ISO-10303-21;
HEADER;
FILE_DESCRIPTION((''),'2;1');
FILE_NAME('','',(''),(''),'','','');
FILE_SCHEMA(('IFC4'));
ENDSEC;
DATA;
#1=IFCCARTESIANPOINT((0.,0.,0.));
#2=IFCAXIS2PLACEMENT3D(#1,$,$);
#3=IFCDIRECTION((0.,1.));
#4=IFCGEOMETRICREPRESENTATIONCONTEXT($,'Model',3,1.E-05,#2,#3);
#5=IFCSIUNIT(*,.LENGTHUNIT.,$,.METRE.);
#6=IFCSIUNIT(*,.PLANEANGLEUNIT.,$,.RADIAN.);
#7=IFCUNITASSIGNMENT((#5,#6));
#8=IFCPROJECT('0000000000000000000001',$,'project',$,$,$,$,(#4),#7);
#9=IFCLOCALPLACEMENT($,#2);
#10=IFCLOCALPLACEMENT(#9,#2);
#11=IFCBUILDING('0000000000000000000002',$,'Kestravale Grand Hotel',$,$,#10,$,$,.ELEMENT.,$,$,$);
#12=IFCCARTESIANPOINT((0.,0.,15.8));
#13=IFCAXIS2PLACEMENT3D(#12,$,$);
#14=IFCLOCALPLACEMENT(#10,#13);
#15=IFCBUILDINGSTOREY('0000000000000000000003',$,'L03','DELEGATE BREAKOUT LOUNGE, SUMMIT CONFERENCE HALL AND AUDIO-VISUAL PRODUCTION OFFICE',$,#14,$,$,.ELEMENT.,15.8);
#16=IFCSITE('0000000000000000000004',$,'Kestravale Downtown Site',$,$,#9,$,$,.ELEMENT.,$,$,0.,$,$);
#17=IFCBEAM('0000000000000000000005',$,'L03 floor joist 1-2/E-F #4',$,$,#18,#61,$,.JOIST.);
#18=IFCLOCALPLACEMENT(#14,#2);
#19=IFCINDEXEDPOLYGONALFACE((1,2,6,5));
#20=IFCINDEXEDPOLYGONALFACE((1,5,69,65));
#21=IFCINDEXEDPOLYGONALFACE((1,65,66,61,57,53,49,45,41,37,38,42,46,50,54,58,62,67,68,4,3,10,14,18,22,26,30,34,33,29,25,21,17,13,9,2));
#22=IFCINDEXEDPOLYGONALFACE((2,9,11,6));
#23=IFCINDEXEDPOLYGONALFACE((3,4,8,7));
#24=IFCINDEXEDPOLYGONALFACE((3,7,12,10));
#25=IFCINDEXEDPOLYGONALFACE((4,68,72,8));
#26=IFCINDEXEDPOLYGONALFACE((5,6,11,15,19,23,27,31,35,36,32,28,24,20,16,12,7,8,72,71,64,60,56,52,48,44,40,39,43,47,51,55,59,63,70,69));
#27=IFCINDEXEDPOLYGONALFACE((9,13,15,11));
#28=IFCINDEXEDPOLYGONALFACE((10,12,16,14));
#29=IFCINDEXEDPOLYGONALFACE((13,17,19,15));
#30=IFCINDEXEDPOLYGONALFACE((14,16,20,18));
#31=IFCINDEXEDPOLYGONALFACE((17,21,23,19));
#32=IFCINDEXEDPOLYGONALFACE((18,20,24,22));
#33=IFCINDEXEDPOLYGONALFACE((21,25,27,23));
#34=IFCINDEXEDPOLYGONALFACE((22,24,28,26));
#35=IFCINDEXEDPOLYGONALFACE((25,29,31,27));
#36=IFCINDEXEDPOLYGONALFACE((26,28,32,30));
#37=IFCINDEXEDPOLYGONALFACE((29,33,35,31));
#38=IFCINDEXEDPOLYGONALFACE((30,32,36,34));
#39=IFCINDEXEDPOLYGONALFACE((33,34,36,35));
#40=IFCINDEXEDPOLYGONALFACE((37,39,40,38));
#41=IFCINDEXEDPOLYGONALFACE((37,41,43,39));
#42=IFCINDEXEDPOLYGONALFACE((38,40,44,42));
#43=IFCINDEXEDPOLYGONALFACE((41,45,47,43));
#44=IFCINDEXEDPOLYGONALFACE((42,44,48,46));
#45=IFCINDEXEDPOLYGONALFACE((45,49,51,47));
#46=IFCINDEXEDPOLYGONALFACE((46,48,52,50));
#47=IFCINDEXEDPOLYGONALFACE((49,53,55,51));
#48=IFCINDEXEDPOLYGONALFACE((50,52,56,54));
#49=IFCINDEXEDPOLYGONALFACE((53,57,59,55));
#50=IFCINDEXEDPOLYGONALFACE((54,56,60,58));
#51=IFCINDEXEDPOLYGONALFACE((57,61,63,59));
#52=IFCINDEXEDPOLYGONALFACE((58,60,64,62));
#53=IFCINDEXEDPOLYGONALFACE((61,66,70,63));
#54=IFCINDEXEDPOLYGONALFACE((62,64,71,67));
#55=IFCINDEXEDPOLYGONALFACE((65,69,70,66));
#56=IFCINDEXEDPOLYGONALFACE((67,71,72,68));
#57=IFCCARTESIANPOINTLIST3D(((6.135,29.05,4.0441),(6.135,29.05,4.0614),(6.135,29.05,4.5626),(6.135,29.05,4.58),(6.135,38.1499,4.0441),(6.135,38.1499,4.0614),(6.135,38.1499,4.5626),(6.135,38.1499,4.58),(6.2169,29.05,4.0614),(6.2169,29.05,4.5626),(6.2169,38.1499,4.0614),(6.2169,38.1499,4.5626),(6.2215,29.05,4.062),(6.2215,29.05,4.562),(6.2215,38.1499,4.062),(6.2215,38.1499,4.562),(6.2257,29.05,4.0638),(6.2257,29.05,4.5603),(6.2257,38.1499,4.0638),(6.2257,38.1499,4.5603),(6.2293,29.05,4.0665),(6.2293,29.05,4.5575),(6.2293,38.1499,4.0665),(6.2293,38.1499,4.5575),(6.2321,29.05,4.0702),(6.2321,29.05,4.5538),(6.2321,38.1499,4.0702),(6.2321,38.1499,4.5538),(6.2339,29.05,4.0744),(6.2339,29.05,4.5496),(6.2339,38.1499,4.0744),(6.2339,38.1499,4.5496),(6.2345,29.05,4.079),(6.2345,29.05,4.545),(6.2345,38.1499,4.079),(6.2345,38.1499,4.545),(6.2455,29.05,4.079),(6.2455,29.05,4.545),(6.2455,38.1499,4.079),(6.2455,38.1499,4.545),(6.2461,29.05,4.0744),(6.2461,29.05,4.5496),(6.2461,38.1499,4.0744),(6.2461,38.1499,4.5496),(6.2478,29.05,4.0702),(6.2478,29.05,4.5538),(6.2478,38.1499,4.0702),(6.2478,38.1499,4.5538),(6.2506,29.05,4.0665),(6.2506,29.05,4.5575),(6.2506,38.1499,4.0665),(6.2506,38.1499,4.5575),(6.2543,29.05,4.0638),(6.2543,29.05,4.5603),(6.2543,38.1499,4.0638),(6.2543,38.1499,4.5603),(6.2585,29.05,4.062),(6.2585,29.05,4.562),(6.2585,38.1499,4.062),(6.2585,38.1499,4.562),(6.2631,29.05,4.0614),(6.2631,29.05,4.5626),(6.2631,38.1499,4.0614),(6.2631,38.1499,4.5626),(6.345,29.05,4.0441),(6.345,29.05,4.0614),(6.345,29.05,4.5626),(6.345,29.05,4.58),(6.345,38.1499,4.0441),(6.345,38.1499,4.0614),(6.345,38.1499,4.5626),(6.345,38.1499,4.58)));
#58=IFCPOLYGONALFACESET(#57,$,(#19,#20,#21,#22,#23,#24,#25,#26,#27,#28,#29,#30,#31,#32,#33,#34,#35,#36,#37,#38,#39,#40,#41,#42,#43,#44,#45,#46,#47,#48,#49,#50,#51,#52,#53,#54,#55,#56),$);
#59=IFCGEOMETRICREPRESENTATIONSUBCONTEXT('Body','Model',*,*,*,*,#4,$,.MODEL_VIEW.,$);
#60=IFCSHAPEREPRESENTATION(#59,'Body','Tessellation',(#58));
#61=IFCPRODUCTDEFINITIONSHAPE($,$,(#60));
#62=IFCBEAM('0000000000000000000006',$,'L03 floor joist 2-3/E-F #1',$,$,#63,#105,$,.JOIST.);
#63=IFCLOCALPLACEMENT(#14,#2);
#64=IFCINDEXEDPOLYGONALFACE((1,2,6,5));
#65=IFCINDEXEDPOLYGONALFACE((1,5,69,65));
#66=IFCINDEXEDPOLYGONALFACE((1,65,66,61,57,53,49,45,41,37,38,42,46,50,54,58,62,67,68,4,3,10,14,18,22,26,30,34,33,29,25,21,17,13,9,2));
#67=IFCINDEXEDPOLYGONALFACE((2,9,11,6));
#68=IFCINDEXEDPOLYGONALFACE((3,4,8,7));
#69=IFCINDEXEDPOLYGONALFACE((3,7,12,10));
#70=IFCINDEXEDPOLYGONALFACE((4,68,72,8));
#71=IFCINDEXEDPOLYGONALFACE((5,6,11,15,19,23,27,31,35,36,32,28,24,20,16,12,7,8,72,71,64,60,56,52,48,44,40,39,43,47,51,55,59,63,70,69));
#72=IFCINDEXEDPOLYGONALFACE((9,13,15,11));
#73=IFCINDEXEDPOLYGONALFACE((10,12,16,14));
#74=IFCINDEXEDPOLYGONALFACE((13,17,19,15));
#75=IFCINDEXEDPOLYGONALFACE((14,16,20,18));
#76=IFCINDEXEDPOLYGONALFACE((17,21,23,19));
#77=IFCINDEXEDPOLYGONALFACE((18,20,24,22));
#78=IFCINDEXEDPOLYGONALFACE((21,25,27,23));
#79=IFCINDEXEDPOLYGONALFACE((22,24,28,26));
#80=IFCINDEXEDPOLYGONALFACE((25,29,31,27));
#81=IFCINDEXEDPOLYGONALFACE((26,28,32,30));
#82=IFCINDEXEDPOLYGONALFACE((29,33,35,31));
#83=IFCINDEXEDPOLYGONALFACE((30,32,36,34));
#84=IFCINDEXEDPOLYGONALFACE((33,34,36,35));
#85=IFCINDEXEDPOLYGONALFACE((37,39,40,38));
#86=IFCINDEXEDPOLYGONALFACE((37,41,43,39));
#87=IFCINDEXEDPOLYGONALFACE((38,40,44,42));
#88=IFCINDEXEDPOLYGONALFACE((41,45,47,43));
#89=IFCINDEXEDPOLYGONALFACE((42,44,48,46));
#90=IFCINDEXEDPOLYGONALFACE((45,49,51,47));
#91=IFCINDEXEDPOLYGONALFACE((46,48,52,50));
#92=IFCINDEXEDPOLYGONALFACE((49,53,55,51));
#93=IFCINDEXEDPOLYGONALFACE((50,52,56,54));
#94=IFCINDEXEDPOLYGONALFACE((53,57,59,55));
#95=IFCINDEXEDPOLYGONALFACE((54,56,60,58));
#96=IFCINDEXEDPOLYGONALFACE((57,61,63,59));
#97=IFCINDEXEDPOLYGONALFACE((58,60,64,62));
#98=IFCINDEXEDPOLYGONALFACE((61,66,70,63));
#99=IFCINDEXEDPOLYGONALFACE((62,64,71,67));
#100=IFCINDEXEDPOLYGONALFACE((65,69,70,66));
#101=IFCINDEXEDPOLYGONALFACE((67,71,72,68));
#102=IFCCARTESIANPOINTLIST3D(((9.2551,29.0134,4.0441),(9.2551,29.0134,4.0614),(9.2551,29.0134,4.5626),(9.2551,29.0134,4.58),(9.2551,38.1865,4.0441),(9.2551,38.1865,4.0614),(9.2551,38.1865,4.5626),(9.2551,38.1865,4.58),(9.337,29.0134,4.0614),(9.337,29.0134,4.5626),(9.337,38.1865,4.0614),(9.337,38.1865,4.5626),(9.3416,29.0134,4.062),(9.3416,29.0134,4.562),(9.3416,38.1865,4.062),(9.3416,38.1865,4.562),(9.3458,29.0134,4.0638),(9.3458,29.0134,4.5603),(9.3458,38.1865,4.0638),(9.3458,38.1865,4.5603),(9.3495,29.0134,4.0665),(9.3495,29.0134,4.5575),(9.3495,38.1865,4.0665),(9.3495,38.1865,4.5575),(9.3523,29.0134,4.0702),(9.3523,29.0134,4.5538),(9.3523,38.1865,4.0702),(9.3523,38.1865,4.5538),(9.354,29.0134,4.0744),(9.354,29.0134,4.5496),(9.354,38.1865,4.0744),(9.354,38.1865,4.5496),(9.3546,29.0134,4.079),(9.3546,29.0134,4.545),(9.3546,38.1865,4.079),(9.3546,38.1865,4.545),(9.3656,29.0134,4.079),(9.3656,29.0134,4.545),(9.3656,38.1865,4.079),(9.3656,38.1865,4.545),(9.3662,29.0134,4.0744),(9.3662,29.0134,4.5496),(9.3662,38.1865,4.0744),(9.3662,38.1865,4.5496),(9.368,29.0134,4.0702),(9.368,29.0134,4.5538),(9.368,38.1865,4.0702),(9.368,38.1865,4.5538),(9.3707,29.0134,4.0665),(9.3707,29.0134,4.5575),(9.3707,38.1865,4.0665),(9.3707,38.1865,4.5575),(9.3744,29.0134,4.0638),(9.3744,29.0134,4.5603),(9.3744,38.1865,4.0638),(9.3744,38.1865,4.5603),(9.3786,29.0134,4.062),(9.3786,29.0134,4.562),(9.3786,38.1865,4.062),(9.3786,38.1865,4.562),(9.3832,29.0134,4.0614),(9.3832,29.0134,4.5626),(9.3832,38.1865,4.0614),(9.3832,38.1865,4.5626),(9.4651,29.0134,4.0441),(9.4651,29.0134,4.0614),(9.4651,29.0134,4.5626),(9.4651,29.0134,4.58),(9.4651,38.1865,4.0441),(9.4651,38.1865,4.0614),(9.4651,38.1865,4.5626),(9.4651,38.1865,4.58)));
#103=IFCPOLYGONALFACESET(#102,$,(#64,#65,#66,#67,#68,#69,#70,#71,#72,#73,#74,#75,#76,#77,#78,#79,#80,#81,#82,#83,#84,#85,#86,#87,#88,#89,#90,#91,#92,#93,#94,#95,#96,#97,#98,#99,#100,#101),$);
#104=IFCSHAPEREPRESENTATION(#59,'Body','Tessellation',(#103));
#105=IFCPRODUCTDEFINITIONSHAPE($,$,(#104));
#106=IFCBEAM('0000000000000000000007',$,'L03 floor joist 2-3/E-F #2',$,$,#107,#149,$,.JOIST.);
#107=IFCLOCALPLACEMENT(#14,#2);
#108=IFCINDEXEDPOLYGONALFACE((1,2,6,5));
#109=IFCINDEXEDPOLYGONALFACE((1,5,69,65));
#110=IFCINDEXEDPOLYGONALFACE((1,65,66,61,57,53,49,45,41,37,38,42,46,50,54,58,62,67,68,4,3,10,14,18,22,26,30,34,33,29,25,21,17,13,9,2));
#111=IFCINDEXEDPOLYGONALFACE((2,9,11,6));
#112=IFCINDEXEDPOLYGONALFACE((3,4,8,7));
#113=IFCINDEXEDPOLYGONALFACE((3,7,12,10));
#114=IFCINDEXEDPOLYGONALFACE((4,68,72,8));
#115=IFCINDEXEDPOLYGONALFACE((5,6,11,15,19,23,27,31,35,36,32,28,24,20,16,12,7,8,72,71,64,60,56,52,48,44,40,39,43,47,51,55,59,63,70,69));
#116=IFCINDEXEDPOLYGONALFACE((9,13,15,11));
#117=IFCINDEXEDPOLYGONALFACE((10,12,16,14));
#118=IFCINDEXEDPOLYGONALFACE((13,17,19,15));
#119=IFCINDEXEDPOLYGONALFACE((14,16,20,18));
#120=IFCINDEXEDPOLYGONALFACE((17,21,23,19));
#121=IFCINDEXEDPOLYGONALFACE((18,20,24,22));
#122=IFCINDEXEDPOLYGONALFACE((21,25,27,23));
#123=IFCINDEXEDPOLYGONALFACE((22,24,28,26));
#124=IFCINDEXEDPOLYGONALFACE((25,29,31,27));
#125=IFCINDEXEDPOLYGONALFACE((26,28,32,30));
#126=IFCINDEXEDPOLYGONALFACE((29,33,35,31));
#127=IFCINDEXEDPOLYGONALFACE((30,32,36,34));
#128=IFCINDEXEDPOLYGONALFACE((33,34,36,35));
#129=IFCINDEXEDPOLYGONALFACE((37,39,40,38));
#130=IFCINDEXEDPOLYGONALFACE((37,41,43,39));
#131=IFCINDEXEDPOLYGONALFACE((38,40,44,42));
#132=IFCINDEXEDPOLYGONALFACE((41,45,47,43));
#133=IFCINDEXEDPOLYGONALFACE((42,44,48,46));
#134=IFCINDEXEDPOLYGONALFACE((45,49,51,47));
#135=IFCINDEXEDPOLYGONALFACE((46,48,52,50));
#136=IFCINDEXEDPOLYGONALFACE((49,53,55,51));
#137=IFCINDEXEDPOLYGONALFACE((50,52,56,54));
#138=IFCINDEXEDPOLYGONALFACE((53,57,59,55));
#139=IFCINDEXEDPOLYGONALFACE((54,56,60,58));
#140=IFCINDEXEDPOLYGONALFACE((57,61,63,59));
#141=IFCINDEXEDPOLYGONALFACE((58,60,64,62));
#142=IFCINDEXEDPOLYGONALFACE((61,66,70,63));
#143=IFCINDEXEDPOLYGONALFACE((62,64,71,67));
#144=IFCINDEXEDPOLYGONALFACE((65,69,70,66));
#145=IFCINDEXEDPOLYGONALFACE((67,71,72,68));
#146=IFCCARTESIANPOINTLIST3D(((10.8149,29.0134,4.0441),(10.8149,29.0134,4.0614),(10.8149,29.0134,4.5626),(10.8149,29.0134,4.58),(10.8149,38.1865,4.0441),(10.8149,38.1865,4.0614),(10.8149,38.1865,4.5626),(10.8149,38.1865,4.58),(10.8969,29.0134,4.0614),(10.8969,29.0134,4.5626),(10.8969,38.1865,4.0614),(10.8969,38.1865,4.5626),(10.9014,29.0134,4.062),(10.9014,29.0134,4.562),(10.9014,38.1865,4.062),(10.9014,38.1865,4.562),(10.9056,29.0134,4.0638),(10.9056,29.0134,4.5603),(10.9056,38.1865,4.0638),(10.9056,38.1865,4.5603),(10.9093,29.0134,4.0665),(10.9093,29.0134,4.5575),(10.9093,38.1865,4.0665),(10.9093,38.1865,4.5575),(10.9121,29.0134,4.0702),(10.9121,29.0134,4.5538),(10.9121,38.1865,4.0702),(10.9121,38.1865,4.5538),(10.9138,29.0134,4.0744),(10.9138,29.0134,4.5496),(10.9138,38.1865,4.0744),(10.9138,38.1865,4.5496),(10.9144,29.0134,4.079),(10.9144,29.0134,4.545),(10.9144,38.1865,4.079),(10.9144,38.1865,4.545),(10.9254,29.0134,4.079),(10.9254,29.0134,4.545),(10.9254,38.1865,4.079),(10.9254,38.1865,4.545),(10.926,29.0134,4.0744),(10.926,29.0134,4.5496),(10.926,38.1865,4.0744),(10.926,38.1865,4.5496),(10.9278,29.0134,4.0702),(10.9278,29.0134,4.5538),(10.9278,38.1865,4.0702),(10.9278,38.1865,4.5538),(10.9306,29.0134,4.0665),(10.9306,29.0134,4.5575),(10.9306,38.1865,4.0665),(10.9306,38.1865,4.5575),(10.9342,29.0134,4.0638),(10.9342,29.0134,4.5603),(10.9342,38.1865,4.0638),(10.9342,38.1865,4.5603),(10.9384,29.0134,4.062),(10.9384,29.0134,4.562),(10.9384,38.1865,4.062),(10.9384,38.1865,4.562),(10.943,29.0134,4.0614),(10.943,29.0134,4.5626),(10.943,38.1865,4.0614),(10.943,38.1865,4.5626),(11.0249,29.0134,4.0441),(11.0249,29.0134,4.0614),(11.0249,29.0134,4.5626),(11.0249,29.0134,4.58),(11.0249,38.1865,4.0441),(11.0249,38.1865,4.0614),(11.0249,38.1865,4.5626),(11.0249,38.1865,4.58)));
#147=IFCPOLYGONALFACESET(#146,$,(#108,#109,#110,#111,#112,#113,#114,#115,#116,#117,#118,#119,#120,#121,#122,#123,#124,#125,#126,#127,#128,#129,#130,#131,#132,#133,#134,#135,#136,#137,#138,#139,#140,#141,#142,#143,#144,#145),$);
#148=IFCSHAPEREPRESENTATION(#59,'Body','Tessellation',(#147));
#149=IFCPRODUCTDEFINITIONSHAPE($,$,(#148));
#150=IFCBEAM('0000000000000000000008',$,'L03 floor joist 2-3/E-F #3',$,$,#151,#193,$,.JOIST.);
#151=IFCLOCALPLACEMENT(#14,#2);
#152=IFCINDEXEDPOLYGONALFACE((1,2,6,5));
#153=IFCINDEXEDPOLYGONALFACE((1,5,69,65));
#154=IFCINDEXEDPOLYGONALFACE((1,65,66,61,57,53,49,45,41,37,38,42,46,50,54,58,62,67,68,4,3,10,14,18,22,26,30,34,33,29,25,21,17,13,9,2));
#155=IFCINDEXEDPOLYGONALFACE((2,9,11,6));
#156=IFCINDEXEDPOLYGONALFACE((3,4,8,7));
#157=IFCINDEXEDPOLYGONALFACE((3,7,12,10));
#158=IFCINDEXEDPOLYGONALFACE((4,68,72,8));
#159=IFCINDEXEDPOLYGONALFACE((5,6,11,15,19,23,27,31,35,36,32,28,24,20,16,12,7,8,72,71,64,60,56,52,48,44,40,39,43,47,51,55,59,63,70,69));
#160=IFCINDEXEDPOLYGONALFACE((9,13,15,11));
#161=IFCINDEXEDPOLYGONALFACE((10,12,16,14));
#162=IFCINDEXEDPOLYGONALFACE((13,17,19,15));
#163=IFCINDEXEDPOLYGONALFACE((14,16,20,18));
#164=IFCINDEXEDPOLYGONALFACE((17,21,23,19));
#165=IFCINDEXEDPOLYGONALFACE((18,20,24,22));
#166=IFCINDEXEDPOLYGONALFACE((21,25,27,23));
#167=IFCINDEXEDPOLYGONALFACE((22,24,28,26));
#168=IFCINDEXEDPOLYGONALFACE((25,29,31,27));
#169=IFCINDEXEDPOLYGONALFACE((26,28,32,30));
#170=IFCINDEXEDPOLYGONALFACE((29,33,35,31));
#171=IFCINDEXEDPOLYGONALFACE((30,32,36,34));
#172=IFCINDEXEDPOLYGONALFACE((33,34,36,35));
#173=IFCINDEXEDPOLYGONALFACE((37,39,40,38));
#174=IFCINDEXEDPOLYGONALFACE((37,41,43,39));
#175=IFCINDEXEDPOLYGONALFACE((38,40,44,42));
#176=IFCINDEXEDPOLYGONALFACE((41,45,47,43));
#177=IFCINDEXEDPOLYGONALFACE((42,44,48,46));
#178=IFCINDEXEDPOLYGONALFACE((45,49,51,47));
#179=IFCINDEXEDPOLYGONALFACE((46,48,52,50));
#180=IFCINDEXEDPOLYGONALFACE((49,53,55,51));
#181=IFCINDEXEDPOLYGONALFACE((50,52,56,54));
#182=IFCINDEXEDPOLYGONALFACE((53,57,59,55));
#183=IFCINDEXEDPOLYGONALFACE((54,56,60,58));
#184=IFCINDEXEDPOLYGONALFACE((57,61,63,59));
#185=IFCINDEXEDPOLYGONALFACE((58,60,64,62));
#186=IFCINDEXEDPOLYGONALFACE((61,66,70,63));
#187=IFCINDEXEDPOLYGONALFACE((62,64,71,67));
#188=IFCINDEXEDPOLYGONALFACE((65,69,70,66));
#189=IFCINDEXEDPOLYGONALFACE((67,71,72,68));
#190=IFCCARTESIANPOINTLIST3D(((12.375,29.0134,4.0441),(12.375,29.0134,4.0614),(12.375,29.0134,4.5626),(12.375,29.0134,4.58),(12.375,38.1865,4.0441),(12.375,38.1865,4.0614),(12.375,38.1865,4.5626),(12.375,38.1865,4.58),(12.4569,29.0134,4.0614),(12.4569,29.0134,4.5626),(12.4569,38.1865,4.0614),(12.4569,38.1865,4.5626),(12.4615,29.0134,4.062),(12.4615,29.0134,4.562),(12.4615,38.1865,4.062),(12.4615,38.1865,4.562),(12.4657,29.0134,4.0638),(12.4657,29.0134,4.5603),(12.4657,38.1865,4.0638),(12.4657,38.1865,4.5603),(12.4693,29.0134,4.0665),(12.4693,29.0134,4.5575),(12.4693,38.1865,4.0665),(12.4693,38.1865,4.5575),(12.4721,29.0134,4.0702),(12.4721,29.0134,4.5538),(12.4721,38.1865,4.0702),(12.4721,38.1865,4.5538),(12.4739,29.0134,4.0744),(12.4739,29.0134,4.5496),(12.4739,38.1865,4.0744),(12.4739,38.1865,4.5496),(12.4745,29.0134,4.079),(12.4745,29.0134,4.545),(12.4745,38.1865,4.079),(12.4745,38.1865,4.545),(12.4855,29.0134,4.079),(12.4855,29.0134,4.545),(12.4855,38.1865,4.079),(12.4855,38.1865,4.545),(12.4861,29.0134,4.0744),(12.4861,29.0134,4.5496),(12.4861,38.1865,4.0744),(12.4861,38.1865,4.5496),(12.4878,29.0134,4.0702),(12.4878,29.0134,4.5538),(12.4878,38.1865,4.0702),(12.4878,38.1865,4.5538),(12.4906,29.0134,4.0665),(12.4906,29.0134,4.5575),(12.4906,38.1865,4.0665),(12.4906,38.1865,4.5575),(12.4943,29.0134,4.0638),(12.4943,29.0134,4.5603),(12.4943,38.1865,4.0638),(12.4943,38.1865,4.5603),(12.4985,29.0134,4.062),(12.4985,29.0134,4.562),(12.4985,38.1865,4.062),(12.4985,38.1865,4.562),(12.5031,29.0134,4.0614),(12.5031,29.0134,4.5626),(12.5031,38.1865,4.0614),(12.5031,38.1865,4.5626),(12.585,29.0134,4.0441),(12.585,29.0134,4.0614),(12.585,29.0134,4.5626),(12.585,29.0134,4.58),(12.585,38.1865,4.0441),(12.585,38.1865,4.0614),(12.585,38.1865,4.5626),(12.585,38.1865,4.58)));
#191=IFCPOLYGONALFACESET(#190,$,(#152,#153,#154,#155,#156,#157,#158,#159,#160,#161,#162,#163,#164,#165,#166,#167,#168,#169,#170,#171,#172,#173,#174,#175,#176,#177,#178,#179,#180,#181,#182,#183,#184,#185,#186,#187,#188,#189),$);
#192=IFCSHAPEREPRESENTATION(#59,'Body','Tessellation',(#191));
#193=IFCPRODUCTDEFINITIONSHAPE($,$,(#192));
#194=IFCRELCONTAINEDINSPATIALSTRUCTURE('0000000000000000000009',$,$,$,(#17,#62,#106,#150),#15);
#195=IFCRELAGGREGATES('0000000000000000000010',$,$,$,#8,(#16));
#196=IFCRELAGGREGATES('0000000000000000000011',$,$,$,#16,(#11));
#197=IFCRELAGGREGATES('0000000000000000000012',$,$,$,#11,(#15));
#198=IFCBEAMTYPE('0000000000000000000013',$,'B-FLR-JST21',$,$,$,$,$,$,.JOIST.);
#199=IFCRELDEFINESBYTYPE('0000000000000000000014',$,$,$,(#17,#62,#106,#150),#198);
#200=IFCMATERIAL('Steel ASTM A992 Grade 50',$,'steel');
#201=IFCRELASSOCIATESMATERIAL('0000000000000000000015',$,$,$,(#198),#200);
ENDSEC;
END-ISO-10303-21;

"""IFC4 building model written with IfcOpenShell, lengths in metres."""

from ifc_helpers import new_model, si_unit, direction, frame, origin, origin_2d, place, context, subcontext, project, spatial, i_section, extrude, material, material_profile, profile_set, type_object, element, save


model = new_model("IFC4")

# Units and contexts
model_context = context("Model", 3, precision=1e-05, world=origin(), true_north=direction((0.0, 1.0)))
body_context = subcontext(model_context, "Body", "Model", "MODEL_VIEW")
ifc_project = project(units=[si_unit("LENGTHUNIT", "METRE"), si_unit("PLANEANGLEUNIT", "RADIAN")], contexts=[model_context])

# Site, building, storey
site_placement = place(None, origin())
site = spatial("IfcSite", under=ifc_project, at=site_placement, Name="Kestravale Downtown Site", CompositionType="ELEMENT", RefElevation=0.0)
building_placement = place(site_placement, origin())
building = spatial("IfcBuilding", under=site, at=building_placement, Name="Kestravale Grand Hotel", CompositionType="ELEMENT")
storey_placement = place(building_placement, frame((0.0, 0.0, 15.8)))
storey = spatial("IfcBuildingStorey", under=building, at=storey_placement, Name="L03", Description="DELEGATE BREAKOUT LOUNGE, SUMMIT CONFERENCE HALL AND AUDIO-VISUAL PRODUCTION OFFICE", CompositionType="ELEMENT", Elevation=15.8)

# Beams
ifc_material_1 = material(Name="Steel ASTM A992 Grade 50", Category="steel")
ifc_material_profile_1 = material_profile(ifc_material_1, i_section(OverallWidth=0.21, OverallDepth=0.5359, WebThickness=0.011, FlangeThickness=0.0173, FilletRadius=0.0176, at=origin_2d()))
ifc_profile_set_1 = profile_set([ifc_material_profile_1], Name="Steel ASTM A992 Grade 50")
beam_type_1 = type_object("IfcBeamType", Name="B-FLR-JST21", PredefinedType="JOIST", material=ifc_profile_set_1)
for number, where, z_axis, x_axis, name in (
    (1, (6.24, 29.05, 4.312), (0.0, 1.0, 0.0), (-1.0, 0.0, 0.0), "L03 floor joist 1-2/E-F #4"),
):
    element("IfcBeam", number, at=place(storey_placement, frame(where, z_axis=z_axis, x_axis=x_axis)), inside=storey, type_object=beam_type_1, Name=name, PredefinedType="JOIST", context=body_context, shape_type="SweptSolid", body=[
        extrude(i_section(OverallWidth=0.21, OverallDepth=0.5359, WebThickness=0.011, FlangeThickness=0.0173, FilletRadius=0.0176, at=origin_2d()), origin(), (0.0, 0.0, 1.0), 9.0999),
    ])
for number, where, z_axis, x_axis, name in (
    (2, (9.3601, 29.0134, 4.312), (0.0, 1.0, 0.0), (-1.0, 0.0, 0.0), "L03 floor joist 2-3/E-F #1"),
    (3, (10.9199, 29.0134, 4.312), (0.0, 1.0, 0.0), (-1.0, 0.0, 0.0), "L03 floor joist 2-3/E-F #2"),
    (4, (12.48, 29.0134, 4.312), (0.0, 1.0, 0.0), (-1.0, 0.0, 0.0), "L03 floor joist 2-3/E-F #3"),
):
    element("IfcBeam", number, at=place(storey_placement, frame(where, z_axis=z_axis, x_axis=x_axis)), inside=storey, type_object=beam_type_1, Name=name, PredefinedType="JOIST", context=body_context, shape_type="SweptSolid", body=[
        extrude(i_section(OverallWidth=0.21, OverallDepth=0.5359, WebThickness=0.011, FlangeThickness=0.0173, FilletRadius=0.0176, at=origin_2d()), origin(), (0.0, 0.0, 1.0), 9.1731),
    ])

save(model, "model.ifc")
